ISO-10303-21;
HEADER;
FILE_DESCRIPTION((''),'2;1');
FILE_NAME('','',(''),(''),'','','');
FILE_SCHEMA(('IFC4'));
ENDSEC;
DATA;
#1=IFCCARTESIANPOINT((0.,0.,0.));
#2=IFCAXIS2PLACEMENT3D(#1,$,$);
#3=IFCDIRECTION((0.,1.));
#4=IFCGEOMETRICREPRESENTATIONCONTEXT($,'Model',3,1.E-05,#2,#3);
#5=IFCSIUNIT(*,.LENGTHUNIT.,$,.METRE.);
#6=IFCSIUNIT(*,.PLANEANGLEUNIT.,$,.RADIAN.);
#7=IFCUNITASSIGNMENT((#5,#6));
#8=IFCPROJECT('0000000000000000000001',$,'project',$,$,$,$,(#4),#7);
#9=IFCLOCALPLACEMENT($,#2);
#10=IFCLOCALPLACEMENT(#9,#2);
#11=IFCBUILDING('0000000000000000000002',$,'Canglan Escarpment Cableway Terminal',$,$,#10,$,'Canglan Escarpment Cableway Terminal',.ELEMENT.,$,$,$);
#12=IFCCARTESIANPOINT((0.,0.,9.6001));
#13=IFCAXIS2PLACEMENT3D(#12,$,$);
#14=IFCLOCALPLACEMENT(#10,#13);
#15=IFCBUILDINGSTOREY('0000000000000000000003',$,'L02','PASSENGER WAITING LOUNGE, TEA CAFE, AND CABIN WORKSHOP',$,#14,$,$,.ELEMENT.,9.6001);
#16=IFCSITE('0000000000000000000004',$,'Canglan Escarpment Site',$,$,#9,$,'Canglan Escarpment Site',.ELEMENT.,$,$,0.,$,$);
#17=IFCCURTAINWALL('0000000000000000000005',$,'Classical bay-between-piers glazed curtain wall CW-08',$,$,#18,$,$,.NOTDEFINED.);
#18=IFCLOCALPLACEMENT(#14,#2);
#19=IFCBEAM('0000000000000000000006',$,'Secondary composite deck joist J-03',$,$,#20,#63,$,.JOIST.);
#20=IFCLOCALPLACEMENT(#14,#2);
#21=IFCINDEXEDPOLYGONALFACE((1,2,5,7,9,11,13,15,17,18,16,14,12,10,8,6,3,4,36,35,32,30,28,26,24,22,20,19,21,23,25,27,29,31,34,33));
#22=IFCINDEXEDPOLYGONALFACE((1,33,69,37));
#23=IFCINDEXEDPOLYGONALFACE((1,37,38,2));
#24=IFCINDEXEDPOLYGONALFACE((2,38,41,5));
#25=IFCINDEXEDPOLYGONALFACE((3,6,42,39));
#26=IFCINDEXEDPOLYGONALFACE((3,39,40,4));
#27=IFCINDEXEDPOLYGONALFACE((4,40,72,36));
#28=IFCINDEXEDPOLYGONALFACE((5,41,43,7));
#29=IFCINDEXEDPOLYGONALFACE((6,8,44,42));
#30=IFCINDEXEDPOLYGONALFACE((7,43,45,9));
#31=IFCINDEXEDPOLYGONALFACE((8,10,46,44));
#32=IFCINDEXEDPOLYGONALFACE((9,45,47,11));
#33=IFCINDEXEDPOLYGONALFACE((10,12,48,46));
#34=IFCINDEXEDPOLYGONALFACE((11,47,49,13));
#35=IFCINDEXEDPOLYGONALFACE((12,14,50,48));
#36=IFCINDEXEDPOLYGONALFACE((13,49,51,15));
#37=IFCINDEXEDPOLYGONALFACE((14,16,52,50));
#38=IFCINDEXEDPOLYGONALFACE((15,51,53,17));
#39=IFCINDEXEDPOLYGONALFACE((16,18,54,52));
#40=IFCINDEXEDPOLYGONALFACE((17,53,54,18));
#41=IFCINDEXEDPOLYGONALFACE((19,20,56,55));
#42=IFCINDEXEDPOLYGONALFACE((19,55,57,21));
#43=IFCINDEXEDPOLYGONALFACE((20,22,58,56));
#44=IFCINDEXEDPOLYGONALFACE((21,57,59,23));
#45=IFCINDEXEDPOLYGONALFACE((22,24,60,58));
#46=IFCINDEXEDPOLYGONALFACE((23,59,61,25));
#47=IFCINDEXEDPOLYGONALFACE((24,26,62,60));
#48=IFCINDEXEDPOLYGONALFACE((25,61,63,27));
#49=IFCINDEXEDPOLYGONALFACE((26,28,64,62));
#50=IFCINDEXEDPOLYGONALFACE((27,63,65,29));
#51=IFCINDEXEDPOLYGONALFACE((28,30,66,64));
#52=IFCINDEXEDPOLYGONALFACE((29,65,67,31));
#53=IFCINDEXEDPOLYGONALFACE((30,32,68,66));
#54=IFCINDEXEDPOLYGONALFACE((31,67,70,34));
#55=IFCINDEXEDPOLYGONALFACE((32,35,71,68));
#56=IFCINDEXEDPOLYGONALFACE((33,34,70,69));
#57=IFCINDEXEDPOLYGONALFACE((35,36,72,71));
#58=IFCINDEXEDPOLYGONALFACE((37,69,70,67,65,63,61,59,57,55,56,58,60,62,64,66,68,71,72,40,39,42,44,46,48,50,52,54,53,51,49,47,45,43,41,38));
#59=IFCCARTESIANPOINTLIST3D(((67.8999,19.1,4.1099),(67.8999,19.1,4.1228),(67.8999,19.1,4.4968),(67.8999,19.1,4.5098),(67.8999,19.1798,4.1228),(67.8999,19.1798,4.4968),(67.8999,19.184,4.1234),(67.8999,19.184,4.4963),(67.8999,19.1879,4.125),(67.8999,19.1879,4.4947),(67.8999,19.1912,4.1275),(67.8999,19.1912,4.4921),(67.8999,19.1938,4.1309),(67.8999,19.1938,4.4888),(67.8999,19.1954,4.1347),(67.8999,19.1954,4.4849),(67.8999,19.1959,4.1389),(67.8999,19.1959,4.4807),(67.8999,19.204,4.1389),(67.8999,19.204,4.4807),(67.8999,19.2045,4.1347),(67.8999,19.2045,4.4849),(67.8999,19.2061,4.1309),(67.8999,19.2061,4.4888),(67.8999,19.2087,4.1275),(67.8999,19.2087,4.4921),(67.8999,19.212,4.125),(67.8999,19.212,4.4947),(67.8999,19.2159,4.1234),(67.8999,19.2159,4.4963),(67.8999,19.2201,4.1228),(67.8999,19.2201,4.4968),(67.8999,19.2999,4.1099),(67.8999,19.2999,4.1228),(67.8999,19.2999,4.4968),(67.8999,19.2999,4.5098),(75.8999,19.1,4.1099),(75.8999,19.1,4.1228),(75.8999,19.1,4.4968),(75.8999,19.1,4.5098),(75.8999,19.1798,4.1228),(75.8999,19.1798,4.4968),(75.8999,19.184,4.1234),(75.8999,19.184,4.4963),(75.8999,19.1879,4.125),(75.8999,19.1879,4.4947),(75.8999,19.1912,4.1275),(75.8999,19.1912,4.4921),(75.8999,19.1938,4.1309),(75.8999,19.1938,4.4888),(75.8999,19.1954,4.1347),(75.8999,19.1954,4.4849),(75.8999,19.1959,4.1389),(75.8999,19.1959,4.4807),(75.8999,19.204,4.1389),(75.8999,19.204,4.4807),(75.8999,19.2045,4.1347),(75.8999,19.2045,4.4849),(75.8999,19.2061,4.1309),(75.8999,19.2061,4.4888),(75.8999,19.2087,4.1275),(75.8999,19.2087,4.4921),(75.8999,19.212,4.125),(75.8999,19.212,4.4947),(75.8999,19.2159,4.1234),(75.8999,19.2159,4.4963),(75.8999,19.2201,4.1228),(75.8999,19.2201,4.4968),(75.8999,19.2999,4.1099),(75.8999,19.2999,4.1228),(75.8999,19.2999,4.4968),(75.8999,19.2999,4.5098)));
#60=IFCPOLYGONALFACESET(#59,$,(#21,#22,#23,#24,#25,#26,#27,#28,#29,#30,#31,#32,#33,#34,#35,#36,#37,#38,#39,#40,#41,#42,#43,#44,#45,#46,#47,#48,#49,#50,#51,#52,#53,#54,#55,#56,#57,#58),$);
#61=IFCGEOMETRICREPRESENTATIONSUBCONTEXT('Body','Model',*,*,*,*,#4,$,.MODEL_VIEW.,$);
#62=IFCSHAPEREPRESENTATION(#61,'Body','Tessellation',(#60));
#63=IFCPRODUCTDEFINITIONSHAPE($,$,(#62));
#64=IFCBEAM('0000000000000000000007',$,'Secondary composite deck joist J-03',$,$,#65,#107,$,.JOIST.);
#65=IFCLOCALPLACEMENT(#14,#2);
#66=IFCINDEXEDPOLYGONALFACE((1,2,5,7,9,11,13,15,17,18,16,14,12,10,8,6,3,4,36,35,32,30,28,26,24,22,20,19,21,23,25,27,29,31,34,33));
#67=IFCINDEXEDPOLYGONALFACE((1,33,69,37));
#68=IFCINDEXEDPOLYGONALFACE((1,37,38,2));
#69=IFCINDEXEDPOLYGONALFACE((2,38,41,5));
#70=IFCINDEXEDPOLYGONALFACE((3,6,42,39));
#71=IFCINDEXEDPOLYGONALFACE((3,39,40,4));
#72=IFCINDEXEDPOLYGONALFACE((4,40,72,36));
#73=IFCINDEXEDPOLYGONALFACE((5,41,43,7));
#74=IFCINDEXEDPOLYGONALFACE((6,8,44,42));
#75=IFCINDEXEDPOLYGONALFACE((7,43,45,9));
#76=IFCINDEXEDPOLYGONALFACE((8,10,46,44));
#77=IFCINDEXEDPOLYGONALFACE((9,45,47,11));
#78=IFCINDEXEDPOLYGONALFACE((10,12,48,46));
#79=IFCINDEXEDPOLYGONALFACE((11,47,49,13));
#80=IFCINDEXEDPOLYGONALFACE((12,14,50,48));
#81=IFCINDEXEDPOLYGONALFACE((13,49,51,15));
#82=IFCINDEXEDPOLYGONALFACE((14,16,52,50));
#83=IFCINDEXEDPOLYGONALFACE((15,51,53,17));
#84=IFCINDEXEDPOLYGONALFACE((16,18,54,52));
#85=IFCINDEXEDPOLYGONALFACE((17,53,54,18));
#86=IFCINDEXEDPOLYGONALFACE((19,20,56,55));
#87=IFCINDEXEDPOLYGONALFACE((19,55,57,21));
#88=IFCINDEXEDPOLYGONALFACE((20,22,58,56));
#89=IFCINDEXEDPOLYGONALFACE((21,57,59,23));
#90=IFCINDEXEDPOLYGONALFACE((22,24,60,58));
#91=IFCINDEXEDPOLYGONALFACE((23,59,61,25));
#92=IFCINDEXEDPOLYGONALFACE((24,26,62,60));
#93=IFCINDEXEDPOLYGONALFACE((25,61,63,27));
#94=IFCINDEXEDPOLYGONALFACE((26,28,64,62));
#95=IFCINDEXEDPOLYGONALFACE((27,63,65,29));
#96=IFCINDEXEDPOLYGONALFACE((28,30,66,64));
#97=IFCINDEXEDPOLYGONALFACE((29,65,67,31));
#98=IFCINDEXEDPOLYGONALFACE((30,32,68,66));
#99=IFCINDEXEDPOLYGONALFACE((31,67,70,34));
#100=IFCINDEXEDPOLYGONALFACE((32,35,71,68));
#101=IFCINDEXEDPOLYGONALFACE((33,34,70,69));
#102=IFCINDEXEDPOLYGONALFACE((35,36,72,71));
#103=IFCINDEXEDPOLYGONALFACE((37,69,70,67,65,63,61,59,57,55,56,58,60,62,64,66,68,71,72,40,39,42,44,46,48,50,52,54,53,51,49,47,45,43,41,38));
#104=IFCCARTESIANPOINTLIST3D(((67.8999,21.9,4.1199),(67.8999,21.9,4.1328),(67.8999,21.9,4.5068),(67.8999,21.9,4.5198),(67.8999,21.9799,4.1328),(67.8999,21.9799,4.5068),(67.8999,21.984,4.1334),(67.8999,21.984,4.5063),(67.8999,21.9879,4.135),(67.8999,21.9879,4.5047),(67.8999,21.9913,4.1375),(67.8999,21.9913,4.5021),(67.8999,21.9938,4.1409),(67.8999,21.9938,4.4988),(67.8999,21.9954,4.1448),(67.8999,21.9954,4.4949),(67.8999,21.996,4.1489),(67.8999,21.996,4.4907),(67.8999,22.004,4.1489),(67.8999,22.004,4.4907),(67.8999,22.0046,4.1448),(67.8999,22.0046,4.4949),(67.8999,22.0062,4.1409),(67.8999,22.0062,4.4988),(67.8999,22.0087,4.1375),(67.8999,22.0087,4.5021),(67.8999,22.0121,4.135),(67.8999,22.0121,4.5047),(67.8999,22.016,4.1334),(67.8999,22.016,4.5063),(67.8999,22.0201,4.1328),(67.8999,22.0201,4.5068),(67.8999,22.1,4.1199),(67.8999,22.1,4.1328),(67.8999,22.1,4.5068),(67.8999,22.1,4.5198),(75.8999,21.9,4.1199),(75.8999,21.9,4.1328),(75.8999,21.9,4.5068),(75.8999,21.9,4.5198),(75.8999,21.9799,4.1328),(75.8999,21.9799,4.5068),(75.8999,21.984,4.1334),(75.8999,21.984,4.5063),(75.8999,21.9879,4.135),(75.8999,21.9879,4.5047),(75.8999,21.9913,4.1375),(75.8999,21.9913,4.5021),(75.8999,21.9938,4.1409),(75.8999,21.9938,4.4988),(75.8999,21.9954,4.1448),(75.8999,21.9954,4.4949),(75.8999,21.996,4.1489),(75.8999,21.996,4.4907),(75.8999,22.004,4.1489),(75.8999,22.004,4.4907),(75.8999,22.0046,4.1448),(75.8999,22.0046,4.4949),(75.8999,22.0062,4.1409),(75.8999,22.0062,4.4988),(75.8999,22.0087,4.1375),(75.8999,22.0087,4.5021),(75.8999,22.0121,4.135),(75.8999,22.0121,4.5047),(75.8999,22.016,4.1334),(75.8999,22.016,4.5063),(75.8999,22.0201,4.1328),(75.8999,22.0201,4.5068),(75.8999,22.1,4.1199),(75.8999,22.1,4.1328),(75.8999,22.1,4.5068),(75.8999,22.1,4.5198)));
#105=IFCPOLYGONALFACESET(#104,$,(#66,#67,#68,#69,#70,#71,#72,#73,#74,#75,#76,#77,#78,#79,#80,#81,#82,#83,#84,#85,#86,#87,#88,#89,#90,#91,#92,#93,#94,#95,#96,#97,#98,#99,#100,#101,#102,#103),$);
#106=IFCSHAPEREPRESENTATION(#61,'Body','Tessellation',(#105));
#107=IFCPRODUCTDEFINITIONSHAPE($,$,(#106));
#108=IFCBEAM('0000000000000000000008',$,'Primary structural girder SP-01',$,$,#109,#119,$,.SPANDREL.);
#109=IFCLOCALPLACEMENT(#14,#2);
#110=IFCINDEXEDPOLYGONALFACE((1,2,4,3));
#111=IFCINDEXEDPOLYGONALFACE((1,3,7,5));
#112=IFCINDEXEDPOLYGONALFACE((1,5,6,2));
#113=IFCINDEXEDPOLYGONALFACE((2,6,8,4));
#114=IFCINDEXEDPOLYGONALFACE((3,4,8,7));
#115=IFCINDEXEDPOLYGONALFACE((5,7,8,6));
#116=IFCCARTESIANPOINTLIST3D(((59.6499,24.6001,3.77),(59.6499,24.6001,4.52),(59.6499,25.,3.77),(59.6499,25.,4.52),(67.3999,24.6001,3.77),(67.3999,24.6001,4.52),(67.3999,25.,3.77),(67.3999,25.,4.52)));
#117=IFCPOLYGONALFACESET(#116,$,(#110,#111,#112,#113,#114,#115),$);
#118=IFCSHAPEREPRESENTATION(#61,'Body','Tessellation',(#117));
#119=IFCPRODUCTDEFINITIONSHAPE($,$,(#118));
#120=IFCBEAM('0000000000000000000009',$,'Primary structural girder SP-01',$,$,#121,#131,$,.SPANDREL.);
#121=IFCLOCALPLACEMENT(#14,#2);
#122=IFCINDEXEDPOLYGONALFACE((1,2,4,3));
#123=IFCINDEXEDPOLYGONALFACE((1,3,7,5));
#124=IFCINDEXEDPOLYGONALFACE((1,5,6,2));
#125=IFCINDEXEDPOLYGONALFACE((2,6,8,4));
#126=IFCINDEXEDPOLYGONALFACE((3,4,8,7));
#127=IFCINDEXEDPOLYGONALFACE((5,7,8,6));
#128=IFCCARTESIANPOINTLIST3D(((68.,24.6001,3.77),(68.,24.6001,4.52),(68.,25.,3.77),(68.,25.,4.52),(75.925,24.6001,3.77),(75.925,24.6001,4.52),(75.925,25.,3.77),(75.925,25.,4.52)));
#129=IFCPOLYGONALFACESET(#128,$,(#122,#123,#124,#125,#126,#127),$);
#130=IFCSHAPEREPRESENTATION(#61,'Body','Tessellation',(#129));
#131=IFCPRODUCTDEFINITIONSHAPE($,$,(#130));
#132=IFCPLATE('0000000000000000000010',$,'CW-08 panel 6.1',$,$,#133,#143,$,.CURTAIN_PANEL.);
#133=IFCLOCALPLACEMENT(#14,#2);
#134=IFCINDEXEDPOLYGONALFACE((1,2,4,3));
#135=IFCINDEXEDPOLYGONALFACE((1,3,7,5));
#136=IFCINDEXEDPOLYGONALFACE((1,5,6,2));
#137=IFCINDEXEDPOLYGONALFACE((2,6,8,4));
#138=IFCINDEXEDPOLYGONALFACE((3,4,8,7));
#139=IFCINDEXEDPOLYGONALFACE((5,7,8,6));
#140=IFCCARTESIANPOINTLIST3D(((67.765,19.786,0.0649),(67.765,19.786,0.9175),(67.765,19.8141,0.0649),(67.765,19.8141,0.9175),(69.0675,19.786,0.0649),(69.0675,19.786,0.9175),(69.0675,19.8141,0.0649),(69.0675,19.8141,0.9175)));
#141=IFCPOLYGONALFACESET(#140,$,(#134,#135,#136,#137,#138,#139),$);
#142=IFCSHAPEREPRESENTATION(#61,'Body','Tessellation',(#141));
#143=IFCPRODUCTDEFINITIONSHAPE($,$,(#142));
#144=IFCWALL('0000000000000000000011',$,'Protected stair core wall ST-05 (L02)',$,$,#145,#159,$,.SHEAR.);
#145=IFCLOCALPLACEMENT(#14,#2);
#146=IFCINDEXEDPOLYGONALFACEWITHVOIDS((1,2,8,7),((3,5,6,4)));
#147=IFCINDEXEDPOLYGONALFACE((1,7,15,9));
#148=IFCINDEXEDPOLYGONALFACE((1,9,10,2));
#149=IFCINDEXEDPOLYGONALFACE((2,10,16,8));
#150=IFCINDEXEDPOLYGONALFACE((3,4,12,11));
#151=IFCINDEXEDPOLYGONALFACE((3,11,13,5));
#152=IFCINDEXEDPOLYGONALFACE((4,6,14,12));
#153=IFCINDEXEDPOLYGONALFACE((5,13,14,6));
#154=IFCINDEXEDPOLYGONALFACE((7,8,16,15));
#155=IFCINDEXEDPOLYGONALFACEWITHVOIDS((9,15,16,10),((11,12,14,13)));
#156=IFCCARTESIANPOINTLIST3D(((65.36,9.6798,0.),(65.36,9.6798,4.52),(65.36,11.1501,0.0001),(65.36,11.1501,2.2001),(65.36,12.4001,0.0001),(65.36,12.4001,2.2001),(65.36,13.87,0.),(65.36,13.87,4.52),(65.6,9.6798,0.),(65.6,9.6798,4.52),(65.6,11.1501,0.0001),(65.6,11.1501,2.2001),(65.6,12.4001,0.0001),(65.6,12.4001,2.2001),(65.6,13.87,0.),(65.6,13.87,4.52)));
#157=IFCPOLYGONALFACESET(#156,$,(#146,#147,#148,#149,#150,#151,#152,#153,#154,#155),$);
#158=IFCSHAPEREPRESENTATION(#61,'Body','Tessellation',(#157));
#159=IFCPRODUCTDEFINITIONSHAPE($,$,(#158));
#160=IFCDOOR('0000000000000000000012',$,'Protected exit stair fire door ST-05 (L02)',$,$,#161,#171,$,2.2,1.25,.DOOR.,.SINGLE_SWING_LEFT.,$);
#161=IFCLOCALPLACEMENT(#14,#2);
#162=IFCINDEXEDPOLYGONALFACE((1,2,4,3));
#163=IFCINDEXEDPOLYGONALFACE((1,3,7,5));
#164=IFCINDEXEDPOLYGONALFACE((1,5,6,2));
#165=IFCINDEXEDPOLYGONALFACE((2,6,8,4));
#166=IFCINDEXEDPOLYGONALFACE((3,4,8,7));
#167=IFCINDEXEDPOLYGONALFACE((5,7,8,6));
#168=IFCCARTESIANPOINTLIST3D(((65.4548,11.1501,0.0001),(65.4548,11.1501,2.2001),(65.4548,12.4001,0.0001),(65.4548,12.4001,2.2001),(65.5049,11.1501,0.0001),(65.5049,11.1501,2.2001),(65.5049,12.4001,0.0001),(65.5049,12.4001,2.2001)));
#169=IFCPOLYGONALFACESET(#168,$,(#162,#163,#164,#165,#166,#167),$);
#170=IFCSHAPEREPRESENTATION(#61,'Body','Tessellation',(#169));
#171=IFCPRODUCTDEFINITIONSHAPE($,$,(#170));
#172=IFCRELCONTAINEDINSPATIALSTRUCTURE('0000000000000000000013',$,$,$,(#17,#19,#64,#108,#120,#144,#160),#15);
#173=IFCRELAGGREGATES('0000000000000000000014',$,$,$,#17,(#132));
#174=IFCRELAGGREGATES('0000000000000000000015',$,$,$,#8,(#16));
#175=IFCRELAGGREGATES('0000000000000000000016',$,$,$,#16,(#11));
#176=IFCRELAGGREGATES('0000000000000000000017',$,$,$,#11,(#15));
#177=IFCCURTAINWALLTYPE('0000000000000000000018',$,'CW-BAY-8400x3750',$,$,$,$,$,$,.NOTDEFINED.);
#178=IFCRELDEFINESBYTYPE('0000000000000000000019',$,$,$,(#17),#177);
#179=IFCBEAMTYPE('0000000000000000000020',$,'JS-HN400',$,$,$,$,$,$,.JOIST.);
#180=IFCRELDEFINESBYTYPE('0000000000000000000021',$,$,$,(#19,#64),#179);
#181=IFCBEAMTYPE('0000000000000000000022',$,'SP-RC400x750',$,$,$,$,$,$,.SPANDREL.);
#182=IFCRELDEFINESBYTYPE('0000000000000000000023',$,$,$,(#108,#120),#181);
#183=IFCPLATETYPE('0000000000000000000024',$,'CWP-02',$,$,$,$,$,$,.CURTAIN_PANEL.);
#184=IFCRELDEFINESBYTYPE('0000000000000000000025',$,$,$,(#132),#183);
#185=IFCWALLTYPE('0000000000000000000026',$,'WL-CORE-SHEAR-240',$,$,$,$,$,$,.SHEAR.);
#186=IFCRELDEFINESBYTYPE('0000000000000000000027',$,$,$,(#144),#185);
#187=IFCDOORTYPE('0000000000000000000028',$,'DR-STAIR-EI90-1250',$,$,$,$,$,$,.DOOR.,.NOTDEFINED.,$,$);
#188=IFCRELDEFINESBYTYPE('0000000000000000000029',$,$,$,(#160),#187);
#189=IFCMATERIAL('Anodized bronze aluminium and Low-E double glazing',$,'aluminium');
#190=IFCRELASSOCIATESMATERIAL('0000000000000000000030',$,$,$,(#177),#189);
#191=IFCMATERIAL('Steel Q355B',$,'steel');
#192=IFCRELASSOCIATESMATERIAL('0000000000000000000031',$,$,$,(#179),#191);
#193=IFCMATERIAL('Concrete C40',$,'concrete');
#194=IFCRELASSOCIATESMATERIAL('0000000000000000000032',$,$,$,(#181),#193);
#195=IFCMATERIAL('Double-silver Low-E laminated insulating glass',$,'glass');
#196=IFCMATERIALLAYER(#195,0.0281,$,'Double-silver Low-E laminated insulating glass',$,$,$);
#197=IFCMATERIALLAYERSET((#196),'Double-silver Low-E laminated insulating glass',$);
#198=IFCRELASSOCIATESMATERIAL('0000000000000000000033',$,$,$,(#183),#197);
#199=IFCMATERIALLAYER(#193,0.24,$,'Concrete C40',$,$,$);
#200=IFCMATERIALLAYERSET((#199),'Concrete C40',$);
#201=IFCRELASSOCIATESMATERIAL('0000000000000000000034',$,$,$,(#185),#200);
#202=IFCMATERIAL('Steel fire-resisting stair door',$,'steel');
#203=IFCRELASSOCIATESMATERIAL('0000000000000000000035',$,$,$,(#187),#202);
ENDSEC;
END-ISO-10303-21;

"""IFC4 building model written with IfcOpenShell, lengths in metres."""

from ifc_helpers import new_model, si_unit, direction, frame, frame_2d, origin, origin_2d, place, context, subcontext, project, spatial, rectangle, i_section, extrude, material, layer, layer_set, material_profile, profile_set, type_object, element, fill, aggregate, save


model = new_model("IFC4")

# Units and contexts
model_context = context("Model", 3, precision=1e-05, world=origin(), true_north=direction((0.0, 1.0)))
body_context = subcontext(model_context, "Body", "Model", "MODEL_VIEW")
ifc_project = project(units=[si_unit("LENGTHUNIT", "METRE"), si_unit("PLANEANGLEUNIT", "RADIAN")], contexts=[model_context])

# Site, building, storey
site_placement = place(None, origin())
site = spatial("IfcSite", under=ifc_project, at=site_placement, Name="Canglan Escarpment Site", LongName="Canglan Escarpment Site", CompositionType="ELEMENT", RefElevation=0.0)
building_placement = place(site_placement, origin())
building = spatial("IfcBuilding", under=site, at=building_placement, Name="Canglan Escarpment Cableway Terminal", LongName="Canglan Escarpment Cableway Terminal", CompositionType="ELEMENT")
storey_placement = place(building_placement, frame((0.0, 0.0, 9.6001)))
storey = spatial("IfcBuildingStorey", under=building, at=storey_placement, Name="L02", Description="PASSENGER WAITING LOUNGE, TEA CAFE, AND CABIN WORKSHOP", CompositionType="ELEMENT", Elevation=9.6001)

# Shared definitions
ifc_material_1 = material(Name="Concrete C40", Category="concrete")

# Curtain wall
ifc_material_2 = material(Name="Anodized bronze aluminium and Low-E double glazing", Category="aluminium")
curtain_wall_type = type_object("IfcCurtainWallType", Name="CW-BAY-8400x3750", PredefinedType="NOTDEFINED", material=ifc_material_2)
curtain_wall_1_placement = place(storey_placement, origin())
curtain_wall_1 = element("IfcCurtainWall", 1, at=curtain_wall_1_placement, inside=storey, type_object=curtain_wall_type, Name="Classical bay-between-piers glazed curtain wall CW-08", PredefinedType="NOTDEFINED")

# Beams
ifc_material_3 = material(Name="Steel Q355B", Category="steel")
ifc_material_profile_1 = material_profile(ifc_material_3, i_section(OverallWidth=0.2, OverallDepth=0.3999, WebThickness=0.0081, FlangeThickness=0.0129, FilletRadius=0.0161, at=origin_2d()), Name="HN 400x200x8x13")
ifc_profile_set_1 = profile_set([ifc_material_profile_1], Name="Steel Q355B")
beam_type_1 = type_object("IfcBeamType", Name="JS-HN400", PredefinedType="JOIST", material=ifc_profile_set_1)
for number, where, z_axis, x_axis, name in (
    (2, (67.8999, 19.2, 4.3098), (1.0, 0.0, 0.0), (0.0, 1.0, 0.0), "Secondary composite deck joist J-03"),
    (3, (67.8999, 22.0, 4.3198), (1.0, 0.0, 0.0), (0.0, 1.0, 0.0), "Secondary composite deck joist J-03"),
):
    element("IfcBeam", number, at=place(storey_placement, frame(where, z_axis=z_axis, x_axis=x_axis)), inside=storey, type_object=beam_type_1, Name=name, PredefinedType="JOIST", context=body_context, shape_type="SweptSolid", body=[
        extrude(i_section(OverallWidth=0.2, OverallDepth=0.3999, WebThickness=0.0081, FlangeThickness=0.0129, FilletRadius=0.0161, at=origin_2d()), origin(), (0.0, 0.0, 1.0), 8.0),
    ])
ifc_material_profile_2 = material_profile(ifc_material_1, rectangle(XDim=0.3999, YDim=0.75, at=origin_2d()), Name="RC 400x750")
ifc_profile_set_2 = profile_set([ifc_material_profile_2], Name="Concrete C40")
beam_type_2 = type_object("IfcBeamType", Name="SP-RC400x750", PredefinedType="SPANDREL", material=ifc_profile_set_2)
beam_1_placement = place(storey_placement, frame((59.6499, 24.8, 4.145), z_axis=(1.0, 0.0, 0.0), x_axis=(0.0, 1.0, 0.0)))
element("IfcBeam", 4, at=beam_1_placement, inside=storey, type_object=beam_type_2, Name="Primary structural girder SP-01", PredefinedType="SPANDREL", context=body_context, shape_type="SweptSolid", body=[
    extrude(rectangle(XDim=0.3999, YDim=0.75, at=origin_2d()), origin(), (0.0, 0.0, 1.0), 7.75),
])
beam_2_placement = place(storey_placement, frame((68.0, 24.8, 4.145), z_axis=(1.0, 0.0, 0.0), x_axis=(0.0, 1.0, 0.0)))
element("IfcBeam", 5, at=beam_2_placement, inside=storey, type_object=beam_type_2, Name="Primary structural girder SP-01", PredefinedType="SPANDREL", context=body_context, shape_type="SweptSolid", body=[
    extrude(rectangle(XDim=0.3999, YDim=0.75, at=origin_2d()), origin(), (0.0, 0.0, 1.0), 7.925),
])

# Plate
ifc_material_4 = material(Name="Double-silver Low-E laminated insulating glass", Category="glass")
ifc_layer_1 = layer(ifc_material_4, 0.0281, Name="Double-silver Low-E laminated insulating glass")
ifc_layer_set_1 = layer_set([ifc_layer_1], Name="Double-silver Low-E laminated insulating glass")
plate_type = type_object("IfcPlateType", Name="CWP-02", PredefinedType="CURTAIN_PANEL", material=ifc_layer_set_1)
plate_placement = place(storey_placement, frame((68.4163, 19.8, 0.0649), z_axis=(0.0, 0.0, 1.0), x_axis=(-1.0, 0.0, 0.0)))
plate = element("IfcPlate", 6, at=plate_placement, type_object=plate_type, Name="CW-08 panel 6.1", PredefinedType="CURTAIN_PANEL", context=body_context, shape_type="SweptSolid", body=[
    extrude(rectangle(XDim=1.3025, YDim=0.0281, at=origin_2d()), origin(), (0.0, 0.0, 1.0), 0.8525),
])
aggregate(curtain_wall_1, [plate])

# Wall, opening, door
ifc_layer_2 = layer(ifc_material_1, 0.24, Name="Concrete C40")
ifc_layer_set_2 = layer_set([ifc_layer_2], Name="Concrete C40")
wall_type_1 = type_object("IfcWallType", Name="WL-CORE-SHEAR-240", PredefinedType="SHEAR", material=ifc_layer_set_2)
wall_1_placement = place(storey_placement, frame((65.48, 13.8701, 0.0), z_axis=(0.0, 0.0, 1.0), x_axis=(0.0, -1.0, 0.0)))
wall_1 = element("IfcWall", 7, at=wall_1_placement, inside=storey, type_object=wall_type_1, Name="Protected stair core wall ST-05 (L02)", PredefinedType="SHEAR", context=body_context, shape_type="SweptSolid", body=[
    extrude(rectangle(XDim=4.1902, YDim=0.24, at=frame_2d((2.0952, 0.0))), origin(), (0.0, 0.0, 1.0), 4.52),
])
opening_1_placement = place(wall_1_placement, frame((1.47, 0.0, 0.0)))
opening_1 = element("IfcOpeningElement", 8, at=opening_1_placement, cuts=wall_1, PredefinedType="OPENING", context=body_context, shape_type="SweptSolid", body=[
    extrude(rectangle(XDim=1.25, YDim=2.2, at=frame_2d((0.625, 1.1001))), frame((0.0, 0.1299, 0.0), z_axis=(0.0, -1.0, 0.0), x_axis=(1.0, 0.0, 0.0)), (0.0, 0.0, 1.0), 0.26),
])
ifc_material_5 = material(Name="Steel fire-resisting stair door", Category="steel")
door_type_1 = type_object("IfcDoorType", Name="DR-STAIR-EI90-1250", OperationType="NOTDEFINED", PredefinedType="DOOR", material=ifc_material_5)
door_1_placement = place(opening_1_placement, origin())
door_1 = element("IfcDoor", 9, at=door_1_placement, inside=storey, type_object=door_type_1, Name="Protected exit stair fire door ST-05 (L02)", OperationType="SINGLE_SWING_LEFT", OverallHeight=2.2, OverallWidth=1.25, PredefinedType="DOOR", context=body_context, shape_type="SweptSolid", body=[
    extrude(rectangle(XDim=1.25, YDim=2.2, at=frame_2d((0.625, 1.1001))), frame((0.0, 0.0249, 0.0), z_axis=(0.0, -1.0, 0.0), x_axis=(1.0, 0.0, 0.0)), (0.0, 0.0, 1.0), 0.05),
])
fill(opening_1, door_1)

save(model, "model.ifc")
